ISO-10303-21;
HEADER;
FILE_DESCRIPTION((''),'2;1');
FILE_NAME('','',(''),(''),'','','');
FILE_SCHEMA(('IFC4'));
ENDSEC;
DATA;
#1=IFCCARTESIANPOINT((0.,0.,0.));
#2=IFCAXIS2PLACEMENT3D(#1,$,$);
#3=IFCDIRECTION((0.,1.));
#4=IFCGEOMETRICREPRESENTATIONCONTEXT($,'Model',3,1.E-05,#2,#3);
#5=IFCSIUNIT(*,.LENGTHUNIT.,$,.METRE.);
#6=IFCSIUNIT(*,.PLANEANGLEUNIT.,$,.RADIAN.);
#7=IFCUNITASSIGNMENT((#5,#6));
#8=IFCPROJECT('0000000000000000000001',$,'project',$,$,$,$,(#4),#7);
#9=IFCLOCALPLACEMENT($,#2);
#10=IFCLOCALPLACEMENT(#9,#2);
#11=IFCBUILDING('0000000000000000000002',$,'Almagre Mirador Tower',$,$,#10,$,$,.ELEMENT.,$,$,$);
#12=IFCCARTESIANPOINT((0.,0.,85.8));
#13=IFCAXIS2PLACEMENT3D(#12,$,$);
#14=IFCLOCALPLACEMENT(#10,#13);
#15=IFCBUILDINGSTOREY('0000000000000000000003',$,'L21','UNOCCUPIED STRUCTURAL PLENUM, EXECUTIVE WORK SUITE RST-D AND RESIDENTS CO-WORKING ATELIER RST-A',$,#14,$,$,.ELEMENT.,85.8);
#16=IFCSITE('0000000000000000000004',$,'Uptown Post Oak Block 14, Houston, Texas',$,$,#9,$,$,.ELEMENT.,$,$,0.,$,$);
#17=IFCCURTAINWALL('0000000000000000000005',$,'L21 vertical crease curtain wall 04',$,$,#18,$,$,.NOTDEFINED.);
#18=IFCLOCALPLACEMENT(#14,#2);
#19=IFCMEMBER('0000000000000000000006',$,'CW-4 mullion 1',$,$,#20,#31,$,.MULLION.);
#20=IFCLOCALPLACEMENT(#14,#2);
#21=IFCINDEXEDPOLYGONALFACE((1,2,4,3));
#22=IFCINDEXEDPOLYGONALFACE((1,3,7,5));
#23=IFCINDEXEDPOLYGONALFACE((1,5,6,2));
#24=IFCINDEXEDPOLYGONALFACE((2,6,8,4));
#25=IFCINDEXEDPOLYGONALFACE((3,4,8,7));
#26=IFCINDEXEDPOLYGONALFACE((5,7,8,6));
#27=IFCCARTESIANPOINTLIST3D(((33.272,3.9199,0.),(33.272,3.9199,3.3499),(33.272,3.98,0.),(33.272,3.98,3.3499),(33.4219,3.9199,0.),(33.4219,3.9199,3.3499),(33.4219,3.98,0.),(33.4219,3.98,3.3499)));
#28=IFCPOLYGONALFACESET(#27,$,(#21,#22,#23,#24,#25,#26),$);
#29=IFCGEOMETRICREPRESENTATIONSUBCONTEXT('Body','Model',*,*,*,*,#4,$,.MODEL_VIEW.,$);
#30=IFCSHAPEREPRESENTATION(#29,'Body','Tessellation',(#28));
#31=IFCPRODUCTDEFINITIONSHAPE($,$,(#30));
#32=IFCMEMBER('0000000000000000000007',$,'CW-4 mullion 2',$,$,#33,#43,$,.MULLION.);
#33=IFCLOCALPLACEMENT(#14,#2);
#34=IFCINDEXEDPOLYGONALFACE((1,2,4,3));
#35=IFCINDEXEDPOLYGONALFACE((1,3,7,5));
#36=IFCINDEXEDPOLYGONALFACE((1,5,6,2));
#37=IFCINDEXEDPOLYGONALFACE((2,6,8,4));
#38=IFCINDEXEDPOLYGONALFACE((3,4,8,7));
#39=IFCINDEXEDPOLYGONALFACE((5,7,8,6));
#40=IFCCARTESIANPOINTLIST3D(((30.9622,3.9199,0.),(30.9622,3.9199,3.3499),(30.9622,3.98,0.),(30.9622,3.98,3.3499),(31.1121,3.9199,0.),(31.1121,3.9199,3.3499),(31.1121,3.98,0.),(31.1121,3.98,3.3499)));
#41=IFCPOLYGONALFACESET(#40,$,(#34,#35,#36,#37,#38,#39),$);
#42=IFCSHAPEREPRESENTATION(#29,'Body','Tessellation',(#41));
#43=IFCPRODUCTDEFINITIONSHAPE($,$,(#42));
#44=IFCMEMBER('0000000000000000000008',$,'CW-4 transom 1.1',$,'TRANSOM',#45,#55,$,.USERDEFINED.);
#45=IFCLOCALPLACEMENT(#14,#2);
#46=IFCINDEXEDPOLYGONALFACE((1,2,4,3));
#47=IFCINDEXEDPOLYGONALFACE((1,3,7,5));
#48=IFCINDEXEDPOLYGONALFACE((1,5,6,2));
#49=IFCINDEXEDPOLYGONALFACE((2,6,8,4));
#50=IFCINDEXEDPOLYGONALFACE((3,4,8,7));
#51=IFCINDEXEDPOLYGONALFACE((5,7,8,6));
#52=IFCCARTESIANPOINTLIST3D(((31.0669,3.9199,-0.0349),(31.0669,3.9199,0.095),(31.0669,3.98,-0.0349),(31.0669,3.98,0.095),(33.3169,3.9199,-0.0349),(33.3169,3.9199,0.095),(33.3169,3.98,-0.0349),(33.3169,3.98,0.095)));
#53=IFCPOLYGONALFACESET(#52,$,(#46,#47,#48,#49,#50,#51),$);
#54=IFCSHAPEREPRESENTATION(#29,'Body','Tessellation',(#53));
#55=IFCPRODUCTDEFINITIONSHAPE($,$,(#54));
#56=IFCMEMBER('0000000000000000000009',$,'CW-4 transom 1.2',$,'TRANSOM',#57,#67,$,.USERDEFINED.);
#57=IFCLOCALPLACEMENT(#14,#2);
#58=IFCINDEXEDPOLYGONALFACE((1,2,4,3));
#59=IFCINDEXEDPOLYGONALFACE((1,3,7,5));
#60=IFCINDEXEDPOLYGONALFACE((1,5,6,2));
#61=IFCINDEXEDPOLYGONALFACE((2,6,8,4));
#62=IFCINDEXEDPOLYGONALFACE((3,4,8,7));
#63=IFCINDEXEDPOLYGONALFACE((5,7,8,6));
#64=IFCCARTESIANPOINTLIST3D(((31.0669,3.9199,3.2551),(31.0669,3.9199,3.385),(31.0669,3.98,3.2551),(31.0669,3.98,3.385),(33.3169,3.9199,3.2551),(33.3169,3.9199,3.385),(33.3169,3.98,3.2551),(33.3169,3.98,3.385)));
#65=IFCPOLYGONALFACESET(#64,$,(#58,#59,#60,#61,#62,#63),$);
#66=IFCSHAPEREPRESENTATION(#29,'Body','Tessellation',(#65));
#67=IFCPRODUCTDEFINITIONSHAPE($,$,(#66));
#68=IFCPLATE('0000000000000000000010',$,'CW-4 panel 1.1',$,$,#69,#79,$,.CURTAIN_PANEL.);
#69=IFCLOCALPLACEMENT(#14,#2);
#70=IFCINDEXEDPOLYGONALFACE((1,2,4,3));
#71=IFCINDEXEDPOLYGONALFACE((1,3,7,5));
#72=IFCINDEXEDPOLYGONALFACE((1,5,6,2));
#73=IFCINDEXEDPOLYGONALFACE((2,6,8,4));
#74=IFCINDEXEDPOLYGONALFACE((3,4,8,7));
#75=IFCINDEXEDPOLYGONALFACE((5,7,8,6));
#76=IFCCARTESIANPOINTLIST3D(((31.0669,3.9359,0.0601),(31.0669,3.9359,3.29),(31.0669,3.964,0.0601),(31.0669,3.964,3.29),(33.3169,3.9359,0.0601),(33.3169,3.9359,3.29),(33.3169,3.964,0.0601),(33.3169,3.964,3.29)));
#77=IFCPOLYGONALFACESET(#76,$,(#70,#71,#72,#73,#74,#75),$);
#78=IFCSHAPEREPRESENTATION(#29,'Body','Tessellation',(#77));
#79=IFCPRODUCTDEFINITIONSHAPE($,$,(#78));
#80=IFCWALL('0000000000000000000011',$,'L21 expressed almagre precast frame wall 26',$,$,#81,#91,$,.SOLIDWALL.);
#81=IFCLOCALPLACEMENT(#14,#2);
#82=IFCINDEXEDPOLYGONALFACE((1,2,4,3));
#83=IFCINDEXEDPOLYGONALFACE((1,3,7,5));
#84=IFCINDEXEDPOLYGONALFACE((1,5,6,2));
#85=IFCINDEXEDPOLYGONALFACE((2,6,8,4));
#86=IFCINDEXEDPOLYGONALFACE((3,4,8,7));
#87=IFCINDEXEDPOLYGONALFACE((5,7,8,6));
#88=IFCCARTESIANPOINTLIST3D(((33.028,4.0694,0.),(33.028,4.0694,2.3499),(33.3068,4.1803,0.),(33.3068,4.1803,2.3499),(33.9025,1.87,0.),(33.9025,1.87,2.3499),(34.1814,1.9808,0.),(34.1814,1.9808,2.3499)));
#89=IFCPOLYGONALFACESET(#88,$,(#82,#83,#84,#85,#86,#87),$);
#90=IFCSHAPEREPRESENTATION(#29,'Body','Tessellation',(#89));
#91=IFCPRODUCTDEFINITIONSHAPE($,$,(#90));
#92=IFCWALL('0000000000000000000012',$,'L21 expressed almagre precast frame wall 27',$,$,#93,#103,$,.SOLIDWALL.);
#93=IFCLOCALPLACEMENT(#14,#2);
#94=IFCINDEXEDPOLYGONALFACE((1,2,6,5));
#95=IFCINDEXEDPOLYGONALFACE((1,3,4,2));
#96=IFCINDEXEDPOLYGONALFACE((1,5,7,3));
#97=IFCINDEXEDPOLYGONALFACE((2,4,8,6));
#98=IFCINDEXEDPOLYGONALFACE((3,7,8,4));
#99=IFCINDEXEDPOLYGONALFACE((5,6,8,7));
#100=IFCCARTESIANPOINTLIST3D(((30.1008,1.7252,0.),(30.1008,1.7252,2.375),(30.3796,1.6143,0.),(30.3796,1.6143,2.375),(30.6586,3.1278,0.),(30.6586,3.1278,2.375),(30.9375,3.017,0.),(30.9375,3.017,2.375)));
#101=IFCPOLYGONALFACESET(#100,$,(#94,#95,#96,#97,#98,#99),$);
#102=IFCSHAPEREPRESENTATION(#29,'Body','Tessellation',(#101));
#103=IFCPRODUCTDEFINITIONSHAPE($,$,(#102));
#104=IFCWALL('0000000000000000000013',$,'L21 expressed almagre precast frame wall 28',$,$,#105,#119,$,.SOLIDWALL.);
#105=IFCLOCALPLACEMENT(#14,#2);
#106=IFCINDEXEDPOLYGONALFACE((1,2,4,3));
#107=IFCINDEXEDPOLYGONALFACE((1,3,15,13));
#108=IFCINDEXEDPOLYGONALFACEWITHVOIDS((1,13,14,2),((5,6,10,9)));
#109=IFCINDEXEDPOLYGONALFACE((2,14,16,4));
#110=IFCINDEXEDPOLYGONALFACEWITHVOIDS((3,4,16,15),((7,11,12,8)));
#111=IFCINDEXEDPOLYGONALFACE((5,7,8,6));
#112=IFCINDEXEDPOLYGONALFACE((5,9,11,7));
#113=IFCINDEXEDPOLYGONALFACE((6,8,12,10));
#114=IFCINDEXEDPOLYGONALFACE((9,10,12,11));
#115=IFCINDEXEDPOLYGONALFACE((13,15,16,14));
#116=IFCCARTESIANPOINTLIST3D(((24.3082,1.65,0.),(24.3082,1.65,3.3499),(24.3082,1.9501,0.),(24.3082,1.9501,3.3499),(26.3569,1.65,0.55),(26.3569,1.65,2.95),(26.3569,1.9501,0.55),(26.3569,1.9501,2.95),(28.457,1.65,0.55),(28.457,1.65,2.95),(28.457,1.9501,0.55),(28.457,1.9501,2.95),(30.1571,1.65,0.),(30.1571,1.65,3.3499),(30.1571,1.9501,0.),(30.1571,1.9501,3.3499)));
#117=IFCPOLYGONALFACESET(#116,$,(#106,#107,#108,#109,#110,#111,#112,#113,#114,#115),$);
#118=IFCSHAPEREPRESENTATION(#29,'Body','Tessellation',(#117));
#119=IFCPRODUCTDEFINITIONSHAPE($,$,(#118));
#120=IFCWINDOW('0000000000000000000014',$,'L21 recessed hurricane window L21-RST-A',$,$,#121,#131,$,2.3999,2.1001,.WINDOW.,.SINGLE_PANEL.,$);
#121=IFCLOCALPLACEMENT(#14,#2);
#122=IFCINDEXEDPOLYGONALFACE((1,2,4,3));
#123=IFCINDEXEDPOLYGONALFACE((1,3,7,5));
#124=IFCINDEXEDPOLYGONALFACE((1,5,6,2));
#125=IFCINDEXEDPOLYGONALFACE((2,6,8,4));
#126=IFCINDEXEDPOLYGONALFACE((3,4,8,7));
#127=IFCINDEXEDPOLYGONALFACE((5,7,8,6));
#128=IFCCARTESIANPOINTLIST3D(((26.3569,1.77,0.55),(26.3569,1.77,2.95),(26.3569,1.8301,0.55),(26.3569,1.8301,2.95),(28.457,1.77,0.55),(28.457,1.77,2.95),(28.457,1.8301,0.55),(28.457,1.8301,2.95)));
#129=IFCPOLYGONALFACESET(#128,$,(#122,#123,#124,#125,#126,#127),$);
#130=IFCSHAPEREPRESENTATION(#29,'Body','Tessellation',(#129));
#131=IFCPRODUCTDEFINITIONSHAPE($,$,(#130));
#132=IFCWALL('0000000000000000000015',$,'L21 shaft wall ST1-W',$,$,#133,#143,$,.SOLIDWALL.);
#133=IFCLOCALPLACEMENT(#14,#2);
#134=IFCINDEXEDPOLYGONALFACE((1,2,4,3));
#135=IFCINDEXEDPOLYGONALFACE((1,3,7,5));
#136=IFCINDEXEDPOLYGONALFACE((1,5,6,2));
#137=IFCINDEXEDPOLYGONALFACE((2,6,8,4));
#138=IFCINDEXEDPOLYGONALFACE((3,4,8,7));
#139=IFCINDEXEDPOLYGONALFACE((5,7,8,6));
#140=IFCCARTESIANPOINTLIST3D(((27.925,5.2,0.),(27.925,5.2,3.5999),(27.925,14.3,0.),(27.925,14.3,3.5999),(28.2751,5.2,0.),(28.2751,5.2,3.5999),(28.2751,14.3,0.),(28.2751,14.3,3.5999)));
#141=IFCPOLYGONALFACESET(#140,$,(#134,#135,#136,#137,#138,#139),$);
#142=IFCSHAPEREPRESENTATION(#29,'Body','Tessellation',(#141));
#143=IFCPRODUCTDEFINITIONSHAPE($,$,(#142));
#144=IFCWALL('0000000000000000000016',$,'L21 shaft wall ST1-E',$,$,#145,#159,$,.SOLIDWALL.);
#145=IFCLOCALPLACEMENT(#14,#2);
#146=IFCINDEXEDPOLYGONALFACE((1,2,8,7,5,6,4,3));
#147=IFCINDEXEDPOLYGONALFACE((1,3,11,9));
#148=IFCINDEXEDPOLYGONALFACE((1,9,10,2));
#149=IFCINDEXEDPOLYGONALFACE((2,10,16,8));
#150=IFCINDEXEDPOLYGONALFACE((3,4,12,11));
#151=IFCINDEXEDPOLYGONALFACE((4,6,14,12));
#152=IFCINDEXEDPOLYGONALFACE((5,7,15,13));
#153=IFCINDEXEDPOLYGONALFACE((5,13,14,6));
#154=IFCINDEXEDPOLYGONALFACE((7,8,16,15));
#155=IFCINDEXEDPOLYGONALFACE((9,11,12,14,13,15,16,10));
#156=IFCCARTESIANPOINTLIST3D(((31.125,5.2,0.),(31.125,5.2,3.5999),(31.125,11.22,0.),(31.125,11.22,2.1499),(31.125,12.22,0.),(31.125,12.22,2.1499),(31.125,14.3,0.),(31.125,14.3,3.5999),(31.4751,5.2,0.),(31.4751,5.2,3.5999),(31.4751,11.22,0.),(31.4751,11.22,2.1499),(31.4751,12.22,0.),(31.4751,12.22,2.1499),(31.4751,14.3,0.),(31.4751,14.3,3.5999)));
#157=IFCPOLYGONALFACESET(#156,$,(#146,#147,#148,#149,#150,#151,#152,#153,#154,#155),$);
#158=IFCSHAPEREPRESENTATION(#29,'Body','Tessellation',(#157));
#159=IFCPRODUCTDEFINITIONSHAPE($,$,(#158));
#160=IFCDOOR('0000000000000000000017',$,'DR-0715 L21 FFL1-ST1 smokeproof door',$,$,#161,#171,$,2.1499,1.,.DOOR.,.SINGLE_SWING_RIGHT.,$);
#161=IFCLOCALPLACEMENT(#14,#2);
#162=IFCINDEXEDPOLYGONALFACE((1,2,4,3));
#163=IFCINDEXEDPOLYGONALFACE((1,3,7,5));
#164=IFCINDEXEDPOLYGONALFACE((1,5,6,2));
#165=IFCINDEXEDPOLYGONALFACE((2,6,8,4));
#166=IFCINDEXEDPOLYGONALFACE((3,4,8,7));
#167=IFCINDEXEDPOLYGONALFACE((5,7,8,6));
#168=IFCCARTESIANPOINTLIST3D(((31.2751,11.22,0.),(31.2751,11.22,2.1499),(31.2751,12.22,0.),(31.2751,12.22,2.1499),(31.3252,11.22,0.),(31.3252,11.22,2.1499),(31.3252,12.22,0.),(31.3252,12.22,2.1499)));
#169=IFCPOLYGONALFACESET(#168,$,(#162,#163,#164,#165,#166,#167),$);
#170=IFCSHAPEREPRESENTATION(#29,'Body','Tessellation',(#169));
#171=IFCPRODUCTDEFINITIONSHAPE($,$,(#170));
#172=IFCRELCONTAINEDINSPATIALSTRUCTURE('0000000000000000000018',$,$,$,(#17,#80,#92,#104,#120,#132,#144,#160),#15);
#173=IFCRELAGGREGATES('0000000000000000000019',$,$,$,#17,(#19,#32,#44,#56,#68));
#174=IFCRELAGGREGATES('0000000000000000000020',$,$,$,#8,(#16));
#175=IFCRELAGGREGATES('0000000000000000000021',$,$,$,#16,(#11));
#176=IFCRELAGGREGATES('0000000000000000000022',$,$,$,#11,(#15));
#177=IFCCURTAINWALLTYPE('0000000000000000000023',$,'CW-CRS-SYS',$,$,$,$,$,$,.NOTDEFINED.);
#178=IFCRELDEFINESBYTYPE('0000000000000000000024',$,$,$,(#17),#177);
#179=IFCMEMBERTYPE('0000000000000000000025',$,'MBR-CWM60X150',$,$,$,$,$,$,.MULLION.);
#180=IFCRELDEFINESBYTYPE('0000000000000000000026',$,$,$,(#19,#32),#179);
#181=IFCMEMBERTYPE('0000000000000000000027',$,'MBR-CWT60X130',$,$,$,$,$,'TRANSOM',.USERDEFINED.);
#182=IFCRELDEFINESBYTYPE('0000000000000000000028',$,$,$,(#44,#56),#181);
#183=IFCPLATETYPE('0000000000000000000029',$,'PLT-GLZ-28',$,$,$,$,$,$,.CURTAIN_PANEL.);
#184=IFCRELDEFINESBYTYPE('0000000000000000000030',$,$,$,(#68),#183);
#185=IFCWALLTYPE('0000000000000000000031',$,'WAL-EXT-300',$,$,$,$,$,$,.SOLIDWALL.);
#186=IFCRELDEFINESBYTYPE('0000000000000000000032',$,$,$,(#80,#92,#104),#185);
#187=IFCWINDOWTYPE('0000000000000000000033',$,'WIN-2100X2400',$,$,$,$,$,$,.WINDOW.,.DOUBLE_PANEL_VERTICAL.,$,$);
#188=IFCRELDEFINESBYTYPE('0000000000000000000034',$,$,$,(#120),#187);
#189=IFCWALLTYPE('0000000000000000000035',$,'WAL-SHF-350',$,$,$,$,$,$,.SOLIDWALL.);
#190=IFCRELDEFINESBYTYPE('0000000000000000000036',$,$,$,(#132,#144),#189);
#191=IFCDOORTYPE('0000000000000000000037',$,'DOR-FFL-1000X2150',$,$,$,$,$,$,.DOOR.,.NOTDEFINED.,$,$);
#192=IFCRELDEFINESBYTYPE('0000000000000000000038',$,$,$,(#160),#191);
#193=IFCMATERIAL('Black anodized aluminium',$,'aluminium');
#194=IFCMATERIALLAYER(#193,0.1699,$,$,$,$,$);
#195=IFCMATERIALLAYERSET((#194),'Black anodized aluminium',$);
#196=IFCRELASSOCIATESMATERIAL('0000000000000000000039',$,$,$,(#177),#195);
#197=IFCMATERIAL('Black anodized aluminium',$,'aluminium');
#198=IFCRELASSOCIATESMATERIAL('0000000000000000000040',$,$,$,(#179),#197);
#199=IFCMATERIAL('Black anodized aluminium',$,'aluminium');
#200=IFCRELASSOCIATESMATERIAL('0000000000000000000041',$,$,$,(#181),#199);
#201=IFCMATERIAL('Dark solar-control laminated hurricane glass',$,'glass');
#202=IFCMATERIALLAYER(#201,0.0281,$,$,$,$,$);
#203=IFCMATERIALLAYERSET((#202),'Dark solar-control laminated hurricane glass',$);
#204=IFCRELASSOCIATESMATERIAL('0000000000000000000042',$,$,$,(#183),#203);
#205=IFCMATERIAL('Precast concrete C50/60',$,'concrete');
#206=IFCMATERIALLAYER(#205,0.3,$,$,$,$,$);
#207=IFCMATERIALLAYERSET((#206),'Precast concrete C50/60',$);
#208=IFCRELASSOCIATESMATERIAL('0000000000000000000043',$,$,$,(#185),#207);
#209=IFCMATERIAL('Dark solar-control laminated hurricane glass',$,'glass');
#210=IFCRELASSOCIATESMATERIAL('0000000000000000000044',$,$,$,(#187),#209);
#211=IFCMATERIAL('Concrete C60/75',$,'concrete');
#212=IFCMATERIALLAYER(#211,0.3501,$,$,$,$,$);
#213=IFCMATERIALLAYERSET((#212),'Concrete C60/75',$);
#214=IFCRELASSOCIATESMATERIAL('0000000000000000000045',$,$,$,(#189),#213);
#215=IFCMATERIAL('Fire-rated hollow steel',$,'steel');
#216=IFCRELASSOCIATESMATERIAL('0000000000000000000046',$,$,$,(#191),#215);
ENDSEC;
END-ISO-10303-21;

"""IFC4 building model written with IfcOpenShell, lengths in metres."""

from ifc_helpers import new_model, si_unit, direction, frame, frame_2d, origin, origin_2d, place, context, subcontext, project, spatial, rectangle, extrude, material, layer, layer_set, material_profile, profile_set, type_object, element, fill, aggregate, save


model = new_model("IFC4")

# Units and contexts
model_context = context("Model", 3, precision=1e-05, world=origin(), true_north=direction((0.0, 1.0)))
body_context = subcontext(model_context, "Body", "Model", "MODEL_VIEW")
ifc_project = project(units=[si_unit("LENGTHUNIT", "METRE"), si_unit("PLANEANGLEUNIT", "RADIAN")], contexts=[model_context])

# Site, building, storey
site_placement = place(None, origin())
site = spatial("IfcSite", under=ifc_project, at=site_placement, Name="Uptown Post Oak Block 14, Houston, Texas", CompositionType="ELEMENT", RefElevation=0.0)
building_placement = place(site_placement, origin())
building = spatial("IfcBuilding", under=site, at=building_placement, Name="Almagre Mirador Tower", CompositionType="ELEMENT")
storey_placement = place(building_placement, frame((0.0, 0.0, 85.8)))
storey = spatial("IfcBuildingStorey", under=building, at=storey_placement, Name="L21", Description="UNOCCUPIED STRUCTURAL PLENUM, EXECUTIVE WORK SUITE RST-D AND RESIDENTS CO-WORKING ATELIER RST-A", CompositionType="ELEMENT", Elevation=85.8)

# Curtain wall, members, plate
ifc_material_1 = material(Name="Black anodized aluminium", Category="aluminium")
ifc_layer_1 = layer(ifc_material_1, 0.1699)
ifc_layer_set_1 = layer_set([ifc_layer_1], Name="Black anodized aluminium")
curtain_wall_type = type_object("IfcCurtainWallType", Name="CW-CRS-SYS", PredefinedType="NOTDEFINED", material=ifc_layer_set_1)
curtain_wall_placement = place(storey_placement, origin())
curtain_wall = element("IfcCurtainWall", 1, at=curtain_wall_placement, inside=storey, type_object=curtain_wall_type, Name="L21 vertical crease curtain wall 04", PredefinedType="NOTDEFINED")
ifc_material_2 = material(Name="Black anodized aluminium", Category="aluminium")
ifc_material_profile_1 = material_profile(ifc_material_2, rectangle(XDim=0.0601, YDim=0.1499, at=origin_2d()), Name="CWM60X150")
ifc_profile_set_1 = profile_set([ifc_material_profile_1], Name="Black anodized aluminium")
member_type_1 = type_object("IfcMemberType", Name="MBR-CWM60X150", PredefinedType="MULLION", material=ifc_profile_set_1)
member_1_placement = place(storey_placement, frame((33.3469, 3.95, 0.0), z_axis=(0.0, 0.0, 1.0), x_axis=(0.0, -1.0, 0.0)))
member_1 = element("IfcMember", 2, at=member_1_placement, type_object=member_type_1, Name="CW-4 mullion 1", PredefinedType="MULLION", context=body_context, shape_type="SweptSolid", body=[
    extrude(rectangle(XDim=0.0601, YDim=0.1499, at=origin_2d()), origin(), (0.0, 0.0, 1.0), 3.3499),
])
member_2_placement = place(storey_placement, frame((31.0371, 3.95, 0.0), z_axis=(0.0, 0.0, 1.0), x_axis=(0.0, -1.0, 0.0)))
member_2 = element("IfcMember", 3, at=member_2_placement, type_object=member_type_1, Name="CW-4 mullion 2", PredefinedType="MULLION", context=body_context, shape_type="SweptSolid", body=[
    extrude(rectangle(XDim=0.0601, YDim=0.1499, at=origin_2d()), origin(), (0.0, 0.0, 1.0), 3.3499),
])
ifc_material_3 = material(Name="Black anodized aluminium", Category="aluminium")
ifc_material_profile_2 = material_profile(ifc_material_3, rectangle(XDim=0.0601, YDim=0.1299, at=origin_2d()), Name="CWT60X130")
ifc_profile_set_2 = profile_set([ifc_material_profile_2], Name="Black anodized aluminium")
member_type_2 = type_object("IfcMemberType", Name="MBR-CWT60X130", ElementType="TRANSOM", PredefinedType="USERDEFINED", material=ifc_profile_set_2)
member_3_placement = place(storey_placement, frame((33.3169, 3.95, 0.03), z_axis=(-1.0, 0.0, 0.0), x_axis=(0.0, -1.0, 0.0)))
member_3 = element("IfcMember", 4, at=member_3_placement, type_object=member_type_2, Name="CW-4 transom 1.1", ObjectType="TRANSOM", PredefinedType="USERDEFINED", context=body_context, shape_type="SweptSolid", body=[
    extrude(rectangle(XDim=0.0601, YDim=0.1299, at=origin_2d()), origin(), (0.0, 0.0, 1.0), 2.25),
])
member_4_placement = place(storey_placement, frame((33.3169, 3.95, 3.3201), z_axis=(-1.0, 0.0, 0.0), x_axis=(0.0, -1.0, 0.0)))
member_4 = element("IfcMember", 5, at=member_4_placement, type_object=member_type_2, Name="CW-4 transom 1.2", ObjectType="TRANSOM", PredefinedType="USERDEFINED", context=body_context, shape_type="SweptSolid", body=[
    extrude(rectangle(XDim=0.0601, YDim=0.1299, at=origin_2d()), origin(), (0.0, 0.0, 1.0), 2.25),
])
ifc_material_4 = material(Name="Dark solar-control laminated hurricane glass", Category="glass")
ifc_layer_2 = layer(ifc_material_4, 0.0281)
ifc_layer_set_2 = layer_set([ifc_layer_2], Name="Dark solar-control laminated hurricane glass")
plate_type = type_object("IfcPlateType", Name="PLT-GLZ-28", PredefinedType="CURTAIN_PANEL", material=ifc_layer_set_2)
plate_placement = place(storey_placement, frame((32.1919, 3.95, 0.0601), z_axis=(0.0, 0.0, 1.0), x_axis=(-1.0, 0.0, 0.0)))
plate = element("IfcPlate", 6, at=plate_placement, type_object=plate_type, Name="CW-4 panel 1.1", PredefinedType="CURTAIN_PANEL", context=body_context, shape_type="SweptSolid", body=[
    extrude(rectangle(XDim=2.25, YDim=0.0281, at=origin_2d()), origin(), (0.0, 0.0, 1.0), 3.23),
])
aggregate(curtain_wall, [member_1, member_2, member_3, member_4, plate])

# Walls
ifc_material_5 = material(Name="Precast concrete C50/60", Category="concrete")
ifc_layer_3 = layer(ifc_material_5, 0.3)
ifc_layer_set_3 = layer_set([ifc_layer_3], Name="Precast concrete C50/60")
wall_type_1 = type_object("IfcWallType", Name="WAL-EXT-300", PredefinedType="SOLIDWALL", material=ifc_layer_set_3)
wall_1_placement = place(storey_placement, frame((34.042, 1.9253, 0.0), z_axis=(0.0, 0.0, 1.0), x_axis=(-0.369469, 0.929243, 0.0)))
element("IfcWall", 7, at=wall_1_placement, inside=storey, type_object=wall_type_1, Name="L21 expressed almagre precast frame wall 26", PredefinedType="SOLIDWALL", context=body_context, shape_type="SweptSolid", body=[
    extrude(rectangle(XDim=2.3669, YDim=0.3, at=frame_2d((1.1836, 0.0))), origin(), (0.0, 0.0, 1.0), 2.3499),
])
wall_2_placement = place(storey_placement, frame((30.7981, 3.0725, 0.0), z_axis=(0.0, 0.0, 1.0), x_axis=(-0.369577, -0.9292, 0.0)))
element("IfcWall", 8, at=wall_2_placement, inside=storey, type_object=wall_type_1, Name="L21 expressed almagre precast frame wall 27", PredefinedType="SOLIDWALL", context=body_context, shape_type="SweptSolid", body=[
    extrude(rectangle(XDim=1.5095, YDim=0.3, at=frame_2d((0.7549, 0.0))), origin(), (0.0, 0.0, 1.0), 2.375),
])

# Wall, opening, window
wall_3_placement = place(storey_placement, frame((30.157, 1.8, 0.0), z_axis=(0.0, 0.0, 1.0), x_axis=(-1.0, 0.0, 0.0)))
wall_3 = element("IfcWall", 9, at=wall_3_placement, inside=storey, type_object=wall_type_1, Name="L21 expressed almagre precast frame wall 28", PredefinedType="SOLIDWALL", context=body_context, shape_type="SweptSolid", body=[
    extrude(rectangle(XDim=5.8489, YDim=0.3, at=frame_2d((2.9243, 0.0))), origin(), (0.0, 0.0, 1.0), 3.3499),
])
opening_1_placement = place(wall_3_placement, frame((1.7, 0.0, 0.55)))
opening_1 = element("IfcOpeningElement", 10, at=opening_1_placement, cuts=wall_3, PredefinedType="OPENING", context=body_context, shape_type="SweptSolid", body=[
    extrude(rectangle(XDim=2.1001, YDim=2.3999, at=frame_2d((1.05, 1.2))), frame((0.0, 0.1599, 0.0), z_axis=(0.0, -1.0, 0.0), x_axis=(1.0, 0.0, 0.0)), (0.0, 0.0, 1.0), 0.32),
])
ifc_material_6 = material(Name="Dark solar-control laminated hurricane glass", Category="glass")
window_type = type_object("IfcWindowType", Name="WIN-2100X2400", PartitioningType="DOUBLE_PANEL_VERTICAL", PredefinedType="WINDOW", material=ifc_material_6)
window_placement = place(opening_1_placement, origin())
window = element("IfcWindow", 11, at=window_placement, inside=storey, type_object=window_type, Name="L21 recessed hurricane window L21-RST-A", OverallHeight=2.3999, OverallWidth=2.1001, PartitioningType="SINGLE_PANEL", PredefinedType="WINDOW", context=body_context, shape_type="SweptSolid", body=[
    extrude(rectangle(XDim=2.1001, YDim=2.3999, at=frame_2d((1.05, 1.2))), frame((0.0, 0.03, 0.0), z_axis=(0.0, -1.0, 0.0), x_axis=(1.0, 0.0, 0.0)), (0.0, 0.0, 1.0), 0.0601),
])
fill(opening_1, window)

# Wall
ifc_material_7 = material(Name="Concrete C60/75", Category="concrete")
ifc_layer_4 = layer(ifc_material_7, 0.3501)
ifc_layer_set_4 = layer_set([ifc_layer_4], Name="Concrete C60/75")
wall_type_2 = type_object("IfcWallType", Name="WAL-SHF-350", PredefinedType="SOLIDWALL", material=ifc_layer_set_4)
wall_4_placement = place(storey_placement, frame((28.1001, 5.2, 0.0), z_axis=(0.0, 0.0, 1.0), x_axis=(0.0, 1.0, 0.0)))
element("IfcWall", 12, at=wall_4_placement, inside=storey, type_object=wall_type_2, Name="L21 shaft wall ST1-W", PredefinedType="SOLIDWALL", context=body_context, shape_type="SweptSolid", body=[
    extrude(rectangle(XDim=9.1001, YDim=0.3501, at=frame_2d((4.55, 0.0))), origin(), (0.0, 0.0, 1.0), 3.5999),
])

# Wall, opening, door
wall_5_placement = place(storey_placement, frame((31.3, 5.2, 0.0), z_axis=(0.0, 0.0, 1.0), x_axis=(0.0, 1.0, 0.0)))
wall_5 = element("IfcWall", 13, at=wall_5_placement, inside=storey, type_object=wall_type_2, Name="L21 shaft wall ST1-E", PredefinedType="SOLIDWALL", context=body_context, shape_type="SweptSolid", body=[
    extrude(rectangle(XDim=9.1001, YDim=0.3501, at=frame_2d((4.55, 0.0))), origin(), (0.0, 0.0, 1.0), 3.5999),
])
opening_2_placement = place(wall_5_placement, frame((6.02, 0.0, 0.0)))
opening_2 = element("IfcOpeningElement", 14, at=opening_2_placement, cuts=wall_5, PredefinedType="OPENING", context=body_context, shape_type="SweptSolid", body=[
    extrude(rectangle(XDim=1.0, YDim=2.1499, at=frame_2d((0.5, 1.075))), frame((0.0, 0.185, 0.0), z_axis=(0.0, -1.0, 0.0), x_axis=(1.0, 0.0, 0.0)), (0.0, 0.0, 1.0), 0.3701),
])
ifc_material_8 = material(Name="Fire-rated hollow steel", Category="steel")
door_type_1 = type_object("IfcDoorType", Name="DOR-FFL-1000X2150", OperationType="NOTDEFINED", PredefinedType="DOOR", material=ifc_material_8)
door_1_placement = place(opening_2_placement, origin())
door_1 = element("IfcDoor", 15, at=door_1_placement, inside=storey, type_object=door_type_1, Name="DR-0715 L21 FFL1-ST1 smokeproof door", OperationType="SINGLE_SWING_RIGHT", OverallHeight=2.1499, OverallWidth=1.0, PredefinedType="DOOR", context=body_context, shape_type="SweptSolid", body=[
    extrude(rectangle(XDim=1.0, YDim=2.1499, at=frame_2d((0.5, 1.075))), frame((0.0, 0.0249, 0.0), z_axis=(0.0, -1.0, 0.0), x_axis=(1.0, 0.0, 0.0)), (0.0, 0.0, 1.0), 0.05),
])
fill(opening_2, door_1)

save(model, "model.ifc")
